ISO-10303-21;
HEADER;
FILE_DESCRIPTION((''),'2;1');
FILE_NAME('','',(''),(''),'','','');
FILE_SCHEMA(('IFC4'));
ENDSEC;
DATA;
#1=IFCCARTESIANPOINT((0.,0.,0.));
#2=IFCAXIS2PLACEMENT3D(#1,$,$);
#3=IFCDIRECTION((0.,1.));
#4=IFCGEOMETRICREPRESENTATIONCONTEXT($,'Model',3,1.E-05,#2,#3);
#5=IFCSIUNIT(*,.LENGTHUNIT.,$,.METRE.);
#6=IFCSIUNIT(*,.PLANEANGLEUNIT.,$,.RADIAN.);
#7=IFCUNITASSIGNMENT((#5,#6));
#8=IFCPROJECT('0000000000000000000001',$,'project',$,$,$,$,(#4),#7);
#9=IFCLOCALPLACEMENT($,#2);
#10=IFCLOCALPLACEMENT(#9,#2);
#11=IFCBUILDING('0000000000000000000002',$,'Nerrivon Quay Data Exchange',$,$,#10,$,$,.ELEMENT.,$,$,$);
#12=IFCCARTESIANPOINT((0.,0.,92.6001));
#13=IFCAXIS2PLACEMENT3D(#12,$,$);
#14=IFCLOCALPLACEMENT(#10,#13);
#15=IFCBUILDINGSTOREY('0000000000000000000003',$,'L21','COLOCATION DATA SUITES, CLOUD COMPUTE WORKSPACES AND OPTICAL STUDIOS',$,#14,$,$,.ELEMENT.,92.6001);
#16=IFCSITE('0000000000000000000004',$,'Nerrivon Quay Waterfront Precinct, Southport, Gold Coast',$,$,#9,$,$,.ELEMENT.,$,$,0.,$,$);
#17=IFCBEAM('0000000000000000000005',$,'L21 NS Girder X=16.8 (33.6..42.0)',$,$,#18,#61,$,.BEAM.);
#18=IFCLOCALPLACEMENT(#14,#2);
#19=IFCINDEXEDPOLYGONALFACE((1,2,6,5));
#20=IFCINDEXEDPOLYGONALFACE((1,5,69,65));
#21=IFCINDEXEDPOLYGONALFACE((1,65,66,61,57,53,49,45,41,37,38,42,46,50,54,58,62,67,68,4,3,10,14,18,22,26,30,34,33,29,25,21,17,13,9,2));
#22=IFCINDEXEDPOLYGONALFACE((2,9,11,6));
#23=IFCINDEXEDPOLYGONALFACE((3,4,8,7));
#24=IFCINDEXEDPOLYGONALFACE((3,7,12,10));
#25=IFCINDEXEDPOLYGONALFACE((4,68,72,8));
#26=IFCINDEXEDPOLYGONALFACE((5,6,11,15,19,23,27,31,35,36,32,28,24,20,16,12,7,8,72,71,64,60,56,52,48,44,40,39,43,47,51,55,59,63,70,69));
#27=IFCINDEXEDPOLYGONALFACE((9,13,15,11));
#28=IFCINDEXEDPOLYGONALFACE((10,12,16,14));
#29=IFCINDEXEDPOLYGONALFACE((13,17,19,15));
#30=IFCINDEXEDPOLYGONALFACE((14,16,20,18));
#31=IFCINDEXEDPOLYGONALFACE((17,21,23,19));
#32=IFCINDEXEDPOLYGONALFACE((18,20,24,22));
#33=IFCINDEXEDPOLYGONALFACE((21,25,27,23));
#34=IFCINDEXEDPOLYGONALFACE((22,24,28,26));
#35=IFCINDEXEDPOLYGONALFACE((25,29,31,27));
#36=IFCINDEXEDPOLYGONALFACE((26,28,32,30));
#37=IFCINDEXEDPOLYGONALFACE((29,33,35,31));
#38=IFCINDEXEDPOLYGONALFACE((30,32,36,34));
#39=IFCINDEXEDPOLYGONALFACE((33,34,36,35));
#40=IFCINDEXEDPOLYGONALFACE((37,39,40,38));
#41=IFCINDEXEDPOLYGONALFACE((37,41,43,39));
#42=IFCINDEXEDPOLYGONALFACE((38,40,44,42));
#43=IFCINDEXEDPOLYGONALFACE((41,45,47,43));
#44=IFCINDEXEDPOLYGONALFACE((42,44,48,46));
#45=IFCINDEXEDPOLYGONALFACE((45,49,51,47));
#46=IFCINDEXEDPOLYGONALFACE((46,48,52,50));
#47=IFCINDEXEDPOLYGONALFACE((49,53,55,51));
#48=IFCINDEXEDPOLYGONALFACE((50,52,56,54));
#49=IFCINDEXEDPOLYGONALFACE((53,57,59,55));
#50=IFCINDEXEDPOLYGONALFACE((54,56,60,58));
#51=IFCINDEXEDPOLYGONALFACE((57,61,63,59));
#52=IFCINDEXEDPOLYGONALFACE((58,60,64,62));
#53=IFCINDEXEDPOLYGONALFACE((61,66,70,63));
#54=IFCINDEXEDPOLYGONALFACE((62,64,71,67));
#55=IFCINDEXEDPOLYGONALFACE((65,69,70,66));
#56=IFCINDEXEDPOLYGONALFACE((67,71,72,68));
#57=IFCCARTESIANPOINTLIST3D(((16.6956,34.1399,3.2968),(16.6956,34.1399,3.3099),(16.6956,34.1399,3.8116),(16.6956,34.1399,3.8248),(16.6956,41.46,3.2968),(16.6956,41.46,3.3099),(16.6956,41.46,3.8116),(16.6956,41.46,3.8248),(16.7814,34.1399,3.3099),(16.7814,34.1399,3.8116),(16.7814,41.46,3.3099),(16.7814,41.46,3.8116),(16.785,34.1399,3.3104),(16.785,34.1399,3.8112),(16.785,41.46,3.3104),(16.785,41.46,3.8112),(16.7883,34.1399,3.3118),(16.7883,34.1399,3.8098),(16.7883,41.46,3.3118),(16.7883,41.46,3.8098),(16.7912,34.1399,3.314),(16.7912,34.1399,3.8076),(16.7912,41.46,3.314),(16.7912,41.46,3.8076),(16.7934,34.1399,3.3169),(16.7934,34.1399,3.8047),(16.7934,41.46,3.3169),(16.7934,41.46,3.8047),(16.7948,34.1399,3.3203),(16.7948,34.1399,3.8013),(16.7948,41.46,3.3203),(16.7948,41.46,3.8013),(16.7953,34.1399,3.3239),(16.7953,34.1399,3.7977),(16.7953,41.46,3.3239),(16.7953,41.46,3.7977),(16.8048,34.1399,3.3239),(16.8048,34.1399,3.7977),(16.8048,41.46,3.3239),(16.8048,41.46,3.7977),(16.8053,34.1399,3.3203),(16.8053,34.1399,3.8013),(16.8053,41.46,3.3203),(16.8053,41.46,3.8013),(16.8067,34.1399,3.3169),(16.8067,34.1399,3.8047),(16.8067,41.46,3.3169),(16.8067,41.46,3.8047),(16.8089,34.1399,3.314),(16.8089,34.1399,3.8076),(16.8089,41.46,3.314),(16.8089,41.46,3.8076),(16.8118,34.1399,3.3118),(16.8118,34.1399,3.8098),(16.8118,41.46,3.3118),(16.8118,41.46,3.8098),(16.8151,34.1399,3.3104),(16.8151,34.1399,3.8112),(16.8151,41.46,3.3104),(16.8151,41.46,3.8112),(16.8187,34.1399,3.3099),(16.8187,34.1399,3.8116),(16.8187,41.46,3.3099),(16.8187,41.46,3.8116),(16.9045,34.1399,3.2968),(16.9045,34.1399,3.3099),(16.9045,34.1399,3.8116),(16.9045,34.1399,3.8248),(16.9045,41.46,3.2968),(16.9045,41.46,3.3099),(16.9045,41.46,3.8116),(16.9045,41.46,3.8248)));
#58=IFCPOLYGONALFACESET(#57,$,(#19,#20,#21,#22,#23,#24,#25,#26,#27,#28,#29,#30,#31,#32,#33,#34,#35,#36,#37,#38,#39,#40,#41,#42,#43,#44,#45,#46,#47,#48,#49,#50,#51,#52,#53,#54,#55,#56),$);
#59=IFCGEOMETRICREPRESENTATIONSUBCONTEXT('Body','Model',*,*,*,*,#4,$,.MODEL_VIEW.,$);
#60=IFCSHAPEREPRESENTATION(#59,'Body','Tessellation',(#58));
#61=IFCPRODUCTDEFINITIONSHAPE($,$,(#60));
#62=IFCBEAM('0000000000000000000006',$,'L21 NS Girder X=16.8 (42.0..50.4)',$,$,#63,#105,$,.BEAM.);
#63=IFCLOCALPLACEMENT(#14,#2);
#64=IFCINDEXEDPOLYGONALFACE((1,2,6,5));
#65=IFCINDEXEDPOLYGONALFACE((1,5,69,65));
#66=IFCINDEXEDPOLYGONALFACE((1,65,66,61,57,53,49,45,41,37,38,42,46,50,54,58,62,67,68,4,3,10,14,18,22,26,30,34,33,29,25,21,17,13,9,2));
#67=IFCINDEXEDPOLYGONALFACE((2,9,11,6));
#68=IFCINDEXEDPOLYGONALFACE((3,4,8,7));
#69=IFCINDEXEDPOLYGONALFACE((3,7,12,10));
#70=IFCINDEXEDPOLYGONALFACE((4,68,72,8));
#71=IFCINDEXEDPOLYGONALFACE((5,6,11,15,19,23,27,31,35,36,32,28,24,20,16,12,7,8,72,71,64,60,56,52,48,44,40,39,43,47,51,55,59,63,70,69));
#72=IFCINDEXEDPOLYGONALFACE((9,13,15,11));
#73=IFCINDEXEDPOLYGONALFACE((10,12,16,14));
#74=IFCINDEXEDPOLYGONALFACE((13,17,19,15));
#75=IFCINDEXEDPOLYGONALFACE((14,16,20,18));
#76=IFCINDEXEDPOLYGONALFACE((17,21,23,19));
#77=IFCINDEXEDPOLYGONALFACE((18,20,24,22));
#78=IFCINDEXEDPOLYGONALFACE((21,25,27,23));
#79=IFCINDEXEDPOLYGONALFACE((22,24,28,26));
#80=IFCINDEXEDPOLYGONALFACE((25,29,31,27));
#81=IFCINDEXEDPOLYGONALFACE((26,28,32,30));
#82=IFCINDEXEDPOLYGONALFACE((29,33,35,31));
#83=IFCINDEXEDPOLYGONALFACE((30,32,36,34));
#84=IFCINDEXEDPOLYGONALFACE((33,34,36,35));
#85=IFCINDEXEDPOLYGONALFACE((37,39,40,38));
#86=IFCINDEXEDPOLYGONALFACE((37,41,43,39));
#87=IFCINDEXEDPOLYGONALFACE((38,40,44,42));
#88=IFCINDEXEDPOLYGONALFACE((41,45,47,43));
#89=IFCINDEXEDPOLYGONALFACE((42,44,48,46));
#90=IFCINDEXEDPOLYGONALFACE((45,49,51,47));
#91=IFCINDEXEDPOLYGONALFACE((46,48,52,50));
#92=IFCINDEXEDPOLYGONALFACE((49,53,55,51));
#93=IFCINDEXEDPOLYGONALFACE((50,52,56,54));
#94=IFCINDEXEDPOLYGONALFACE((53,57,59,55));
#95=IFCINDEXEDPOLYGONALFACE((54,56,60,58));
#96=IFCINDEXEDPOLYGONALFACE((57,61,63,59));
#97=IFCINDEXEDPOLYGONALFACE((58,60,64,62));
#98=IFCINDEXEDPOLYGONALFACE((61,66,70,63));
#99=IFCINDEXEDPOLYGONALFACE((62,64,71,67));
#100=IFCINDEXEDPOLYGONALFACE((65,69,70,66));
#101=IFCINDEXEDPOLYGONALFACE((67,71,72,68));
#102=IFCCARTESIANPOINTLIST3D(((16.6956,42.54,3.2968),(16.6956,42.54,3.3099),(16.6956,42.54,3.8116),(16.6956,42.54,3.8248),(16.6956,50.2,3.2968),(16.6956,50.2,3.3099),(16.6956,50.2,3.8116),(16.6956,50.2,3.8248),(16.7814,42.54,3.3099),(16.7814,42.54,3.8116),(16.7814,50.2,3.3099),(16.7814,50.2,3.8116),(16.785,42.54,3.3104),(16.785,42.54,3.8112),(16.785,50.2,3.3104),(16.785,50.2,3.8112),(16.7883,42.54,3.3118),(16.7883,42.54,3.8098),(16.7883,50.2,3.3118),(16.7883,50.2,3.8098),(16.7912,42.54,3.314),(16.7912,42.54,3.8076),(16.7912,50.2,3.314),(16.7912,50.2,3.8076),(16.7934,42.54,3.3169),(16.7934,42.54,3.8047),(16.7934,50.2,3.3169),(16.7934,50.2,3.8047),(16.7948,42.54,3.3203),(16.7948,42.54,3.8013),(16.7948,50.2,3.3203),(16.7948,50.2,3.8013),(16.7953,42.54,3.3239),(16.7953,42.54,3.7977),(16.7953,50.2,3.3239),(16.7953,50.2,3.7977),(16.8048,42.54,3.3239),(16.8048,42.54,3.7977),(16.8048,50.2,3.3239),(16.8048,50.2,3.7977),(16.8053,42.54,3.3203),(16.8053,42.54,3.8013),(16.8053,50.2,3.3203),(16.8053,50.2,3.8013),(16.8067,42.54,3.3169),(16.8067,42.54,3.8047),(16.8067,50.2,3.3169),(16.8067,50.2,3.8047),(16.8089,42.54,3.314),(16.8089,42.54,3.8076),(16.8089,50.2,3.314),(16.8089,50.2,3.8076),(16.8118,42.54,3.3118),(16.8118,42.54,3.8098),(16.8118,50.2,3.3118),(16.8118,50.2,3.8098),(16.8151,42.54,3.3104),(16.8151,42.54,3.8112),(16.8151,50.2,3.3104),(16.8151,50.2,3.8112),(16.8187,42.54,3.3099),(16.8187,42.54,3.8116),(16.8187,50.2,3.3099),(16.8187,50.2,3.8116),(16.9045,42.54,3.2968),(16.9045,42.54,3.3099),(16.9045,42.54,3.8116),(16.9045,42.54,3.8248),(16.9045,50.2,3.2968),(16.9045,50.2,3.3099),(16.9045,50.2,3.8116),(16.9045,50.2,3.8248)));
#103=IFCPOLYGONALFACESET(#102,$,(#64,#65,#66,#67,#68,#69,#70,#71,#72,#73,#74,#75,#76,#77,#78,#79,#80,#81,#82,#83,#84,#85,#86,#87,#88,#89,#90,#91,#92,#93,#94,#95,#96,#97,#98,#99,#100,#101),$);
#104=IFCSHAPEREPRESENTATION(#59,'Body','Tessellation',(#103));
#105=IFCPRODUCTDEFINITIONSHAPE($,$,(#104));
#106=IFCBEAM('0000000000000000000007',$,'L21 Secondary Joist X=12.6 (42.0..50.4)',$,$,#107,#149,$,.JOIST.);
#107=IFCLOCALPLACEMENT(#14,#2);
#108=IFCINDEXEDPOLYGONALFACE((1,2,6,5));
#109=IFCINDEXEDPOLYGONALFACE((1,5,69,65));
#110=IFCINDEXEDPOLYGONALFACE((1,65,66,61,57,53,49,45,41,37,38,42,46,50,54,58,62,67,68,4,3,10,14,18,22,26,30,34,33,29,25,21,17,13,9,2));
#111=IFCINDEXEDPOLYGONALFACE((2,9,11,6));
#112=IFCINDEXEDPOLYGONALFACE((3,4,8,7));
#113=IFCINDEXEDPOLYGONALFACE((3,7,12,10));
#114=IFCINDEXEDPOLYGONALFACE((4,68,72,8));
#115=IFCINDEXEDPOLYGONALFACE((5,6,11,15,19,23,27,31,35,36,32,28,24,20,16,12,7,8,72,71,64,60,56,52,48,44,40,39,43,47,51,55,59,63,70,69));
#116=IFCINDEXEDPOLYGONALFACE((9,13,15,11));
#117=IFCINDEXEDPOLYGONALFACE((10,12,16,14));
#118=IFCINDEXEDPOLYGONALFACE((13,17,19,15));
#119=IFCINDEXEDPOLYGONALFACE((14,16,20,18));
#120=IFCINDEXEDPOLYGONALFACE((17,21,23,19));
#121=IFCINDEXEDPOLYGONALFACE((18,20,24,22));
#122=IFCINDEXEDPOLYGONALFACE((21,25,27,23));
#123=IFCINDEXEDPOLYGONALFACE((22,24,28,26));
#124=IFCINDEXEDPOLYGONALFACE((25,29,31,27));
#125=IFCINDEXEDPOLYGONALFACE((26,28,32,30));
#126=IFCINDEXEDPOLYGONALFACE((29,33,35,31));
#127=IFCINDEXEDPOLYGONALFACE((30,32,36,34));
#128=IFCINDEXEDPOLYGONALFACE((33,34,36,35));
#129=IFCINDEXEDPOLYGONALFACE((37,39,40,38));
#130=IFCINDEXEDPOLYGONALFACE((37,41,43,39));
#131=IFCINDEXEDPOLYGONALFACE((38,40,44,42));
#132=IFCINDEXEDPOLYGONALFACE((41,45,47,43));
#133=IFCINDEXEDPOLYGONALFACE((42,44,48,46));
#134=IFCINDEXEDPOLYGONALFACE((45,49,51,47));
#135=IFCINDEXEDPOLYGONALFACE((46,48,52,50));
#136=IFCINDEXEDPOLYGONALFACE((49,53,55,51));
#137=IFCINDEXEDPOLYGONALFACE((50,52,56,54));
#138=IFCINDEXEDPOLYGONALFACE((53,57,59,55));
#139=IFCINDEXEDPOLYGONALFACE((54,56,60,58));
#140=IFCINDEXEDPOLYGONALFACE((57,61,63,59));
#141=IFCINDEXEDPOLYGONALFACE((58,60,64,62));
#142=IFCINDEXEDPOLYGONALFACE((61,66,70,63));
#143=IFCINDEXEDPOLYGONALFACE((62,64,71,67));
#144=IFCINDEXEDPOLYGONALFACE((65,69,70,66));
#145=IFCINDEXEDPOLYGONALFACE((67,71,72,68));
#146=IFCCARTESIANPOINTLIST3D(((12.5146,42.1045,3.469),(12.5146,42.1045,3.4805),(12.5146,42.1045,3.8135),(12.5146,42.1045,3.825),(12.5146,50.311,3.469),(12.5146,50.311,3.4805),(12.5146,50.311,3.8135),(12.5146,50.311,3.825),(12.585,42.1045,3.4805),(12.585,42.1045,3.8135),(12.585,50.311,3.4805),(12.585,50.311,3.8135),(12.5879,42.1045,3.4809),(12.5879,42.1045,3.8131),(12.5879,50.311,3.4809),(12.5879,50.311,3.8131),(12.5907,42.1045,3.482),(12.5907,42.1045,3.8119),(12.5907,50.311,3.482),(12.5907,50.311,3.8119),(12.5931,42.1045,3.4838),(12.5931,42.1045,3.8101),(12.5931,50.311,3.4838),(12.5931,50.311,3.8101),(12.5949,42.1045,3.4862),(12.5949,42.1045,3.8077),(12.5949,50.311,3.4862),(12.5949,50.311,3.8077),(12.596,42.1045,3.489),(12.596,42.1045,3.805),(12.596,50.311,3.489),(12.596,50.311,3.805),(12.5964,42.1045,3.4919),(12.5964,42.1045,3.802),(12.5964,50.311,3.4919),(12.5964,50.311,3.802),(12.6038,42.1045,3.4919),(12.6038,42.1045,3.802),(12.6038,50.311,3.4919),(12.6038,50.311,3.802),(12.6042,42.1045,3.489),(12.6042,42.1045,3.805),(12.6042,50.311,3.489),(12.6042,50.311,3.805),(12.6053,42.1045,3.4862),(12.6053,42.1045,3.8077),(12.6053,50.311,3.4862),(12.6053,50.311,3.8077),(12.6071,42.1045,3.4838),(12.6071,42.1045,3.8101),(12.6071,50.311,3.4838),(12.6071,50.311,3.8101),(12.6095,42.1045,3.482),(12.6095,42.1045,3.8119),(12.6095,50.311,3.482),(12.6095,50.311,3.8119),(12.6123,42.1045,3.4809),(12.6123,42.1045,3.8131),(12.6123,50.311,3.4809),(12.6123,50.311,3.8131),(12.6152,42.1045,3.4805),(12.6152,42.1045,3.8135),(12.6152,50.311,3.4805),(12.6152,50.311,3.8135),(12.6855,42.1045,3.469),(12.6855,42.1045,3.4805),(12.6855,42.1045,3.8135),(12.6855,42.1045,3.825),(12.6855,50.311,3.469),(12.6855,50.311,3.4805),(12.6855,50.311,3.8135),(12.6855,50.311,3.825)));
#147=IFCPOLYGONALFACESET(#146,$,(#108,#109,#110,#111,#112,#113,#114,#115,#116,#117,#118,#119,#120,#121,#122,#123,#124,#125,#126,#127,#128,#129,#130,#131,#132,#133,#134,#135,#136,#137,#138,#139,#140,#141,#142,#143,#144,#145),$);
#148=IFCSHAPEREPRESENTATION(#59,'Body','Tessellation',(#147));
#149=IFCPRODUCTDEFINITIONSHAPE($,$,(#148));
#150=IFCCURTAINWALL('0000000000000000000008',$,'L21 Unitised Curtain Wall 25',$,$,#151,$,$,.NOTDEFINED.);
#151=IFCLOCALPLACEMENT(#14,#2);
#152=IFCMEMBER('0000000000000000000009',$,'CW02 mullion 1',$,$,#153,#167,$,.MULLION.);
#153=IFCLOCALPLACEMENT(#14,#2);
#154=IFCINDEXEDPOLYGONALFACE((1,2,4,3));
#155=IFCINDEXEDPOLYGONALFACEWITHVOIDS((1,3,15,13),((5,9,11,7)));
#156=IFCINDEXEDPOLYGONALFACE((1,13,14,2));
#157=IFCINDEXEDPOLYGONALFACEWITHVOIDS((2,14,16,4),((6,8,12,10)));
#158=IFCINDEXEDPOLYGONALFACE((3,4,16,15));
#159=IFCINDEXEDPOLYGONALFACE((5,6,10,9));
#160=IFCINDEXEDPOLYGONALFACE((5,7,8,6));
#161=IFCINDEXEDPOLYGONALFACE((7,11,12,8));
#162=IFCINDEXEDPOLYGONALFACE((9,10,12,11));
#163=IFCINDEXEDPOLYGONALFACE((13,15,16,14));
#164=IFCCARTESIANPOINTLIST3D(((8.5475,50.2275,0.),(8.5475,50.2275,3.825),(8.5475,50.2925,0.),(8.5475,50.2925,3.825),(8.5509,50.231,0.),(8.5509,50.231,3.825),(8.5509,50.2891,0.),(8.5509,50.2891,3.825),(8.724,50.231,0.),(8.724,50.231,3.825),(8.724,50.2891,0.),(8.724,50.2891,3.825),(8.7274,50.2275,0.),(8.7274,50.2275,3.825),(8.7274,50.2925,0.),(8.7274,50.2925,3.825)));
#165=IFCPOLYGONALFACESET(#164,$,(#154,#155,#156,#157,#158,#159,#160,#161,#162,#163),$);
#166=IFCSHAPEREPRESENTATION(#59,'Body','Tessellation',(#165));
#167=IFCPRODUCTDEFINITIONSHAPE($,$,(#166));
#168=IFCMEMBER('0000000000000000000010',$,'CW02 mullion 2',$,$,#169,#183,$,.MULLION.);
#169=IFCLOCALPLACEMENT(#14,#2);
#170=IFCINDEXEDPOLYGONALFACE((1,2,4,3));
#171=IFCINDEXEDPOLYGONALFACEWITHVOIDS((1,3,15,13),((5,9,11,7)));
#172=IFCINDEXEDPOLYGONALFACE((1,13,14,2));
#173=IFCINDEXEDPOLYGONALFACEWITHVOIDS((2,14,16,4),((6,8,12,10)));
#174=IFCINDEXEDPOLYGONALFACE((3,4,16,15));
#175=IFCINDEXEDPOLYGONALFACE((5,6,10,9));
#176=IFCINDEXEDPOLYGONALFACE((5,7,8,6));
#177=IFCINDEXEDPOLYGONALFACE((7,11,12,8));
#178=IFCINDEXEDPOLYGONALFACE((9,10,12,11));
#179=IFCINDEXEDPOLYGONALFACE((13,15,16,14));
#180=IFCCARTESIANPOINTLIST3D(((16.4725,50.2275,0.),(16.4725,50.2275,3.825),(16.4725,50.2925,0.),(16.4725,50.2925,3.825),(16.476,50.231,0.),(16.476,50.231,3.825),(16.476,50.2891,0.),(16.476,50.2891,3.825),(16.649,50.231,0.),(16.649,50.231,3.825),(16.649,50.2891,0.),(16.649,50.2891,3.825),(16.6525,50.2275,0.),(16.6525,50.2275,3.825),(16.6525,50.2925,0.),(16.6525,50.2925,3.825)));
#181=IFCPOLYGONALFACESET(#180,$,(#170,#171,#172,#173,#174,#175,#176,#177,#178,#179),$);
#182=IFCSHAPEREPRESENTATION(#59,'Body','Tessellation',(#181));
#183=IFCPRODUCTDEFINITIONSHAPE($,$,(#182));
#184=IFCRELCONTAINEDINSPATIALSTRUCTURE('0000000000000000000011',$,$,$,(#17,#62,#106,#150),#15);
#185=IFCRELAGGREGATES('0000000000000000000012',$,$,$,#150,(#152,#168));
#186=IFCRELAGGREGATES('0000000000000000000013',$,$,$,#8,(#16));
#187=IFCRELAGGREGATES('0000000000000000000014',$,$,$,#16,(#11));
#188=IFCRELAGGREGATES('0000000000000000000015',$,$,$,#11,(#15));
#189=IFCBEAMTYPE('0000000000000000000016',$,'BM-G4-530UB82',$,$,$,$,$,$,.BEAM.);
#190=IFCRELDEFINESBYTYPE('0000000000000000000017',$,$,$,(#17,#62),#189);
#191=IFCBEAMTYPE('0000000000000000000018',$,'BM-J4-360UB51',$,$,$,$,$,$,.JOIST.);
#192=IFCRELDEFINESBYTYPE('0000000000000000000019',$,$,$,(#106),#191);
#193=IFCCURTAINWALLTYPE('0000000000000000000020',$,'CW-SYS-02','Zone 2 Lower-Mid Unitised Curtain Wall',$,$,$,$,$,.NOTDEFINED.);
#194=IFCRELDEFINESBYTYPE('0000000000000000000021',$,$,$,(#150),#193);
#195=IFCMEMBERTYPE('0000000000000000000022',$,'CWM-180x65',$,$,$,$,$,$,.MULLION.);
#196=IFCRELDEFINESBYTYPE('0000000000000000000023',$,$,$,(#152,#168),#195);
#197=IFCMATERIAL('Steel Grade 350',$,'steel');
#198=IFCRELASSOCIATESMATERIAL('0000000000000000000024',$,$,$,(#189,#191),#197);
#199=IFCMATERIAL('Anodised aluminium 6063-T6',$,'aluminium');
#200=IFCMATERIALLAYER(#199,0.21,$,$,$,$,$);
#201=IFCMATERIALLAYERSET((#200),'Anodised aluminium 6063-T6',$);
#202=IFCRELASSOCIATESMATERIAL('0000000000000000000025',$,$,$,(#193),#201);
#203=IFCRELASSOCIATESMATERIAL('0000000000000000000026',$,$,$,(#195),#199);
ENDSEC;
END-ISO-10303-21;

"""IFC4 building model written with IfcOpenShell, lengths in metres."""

from ifc_helpers import new_model, si_unit, direction, frame, origin, origin_2d, place, context, subcontext, project, spatial, hollow_rectangle, i_section, extrude, material, layer, layer_set, material_profile, profile_set, type_object, element, aggregate, save


model = new_model("IFC4")

# Units and contexts
model_context = context("Model", 3, precision=1e-05, world=origin(), true_north=direction((0.0, 1.0)))
body_context = subcontext(model_context, "Body", "Model", "MODEL_VIEW")
ifc_project = project(units=[si_unit("LENGTHUNIT", "METRE"), si_unit("PLANEANGLEUNIT", "RADIAN")], contexts=[model_context])

# Site, building, storey
site_placement = place(None, origin())
site = spatial("IfcSite", under=ifc_project, at=site_placement, Name="Nerrivon Quay Waterfront Precinct, Southport, Gold Coast", CompositionType="ELEMENT", RefElevation=0.0)
building_placement = place(site_placement, origin())
building = spatial("IfcBuilding", under=site, at=building_placement, Name="Nerrivon Quay Data Exchange", CompositionType="ELEMENT")
storey_placement = place(building_placement, frame((0.0, 0.0, 92.6001)))
storey = spatial("IfcBuildingStorey", under=building, at=storey_placement, Name="L21", Description="COLOCATION DATA SUITES, CLOUD COMPUTE WORKSPACES AND OPTICAL STUDIOS", CompositionType="ELEMENT", Elevation=92.6001)

# Shared definitions
ifc_material_1 = material(Name="Steel Grade 350", Category="steel")

# Beams
ifc_material_profile_1 = material_profile(ifc_material_1, i_section(OverallWidth=0.209, OverallDepth=0.5281, WebThickness=0.0095, FlangeThickness=0.0132, FilletRadius=0.0139, at=origin_2d()), Name="530UB82.0")
ifc_profile_set_1 = profile_set([ifc_material_profile_1], Name="Steel Grade 350")
beam_type_1 = type_object("IfcBeamType", Name="BM-G4-530UB82", PredefinedType="BEAM", material=ifc_profile_set_1)
beam_1_placement = place(storey_placement, frame((16.8, 34.1399, 3.5608), z_axis=(0.0, 1.0, 0.0), x_axis=(-1.0, 0.0, 0.0)))
element("IfcBeam", 1, at=beam_1_placement, inside=storey, type_object=beam_type_1, Name="L21 NS Girder X=16.8 (33.6..42.0)", PredefinedType="BEAM", context=body_context, shape_type="SweptSolid", body=[
    extrude(i_section(OverallWidth=0.209, OverallDepth=0.5281, WebThickness=0.0095, FlangeThickness=0.0132, FilletRadius=0.0139, at=origin_2d()), origin(), (0.0, 0.0, 1.0), 7.3201),
])
beam_2_placement = place(storey_placement, frame((16.8, 42.54, 3.5608), z_axis=(0.0, 1.0, 0.0), x_axis=(-1.0, 0.0, 0.0)))
element("IfcBeam", 2, at=beam_2_placement, inside=storey, type_object=beam_type_1, Name="L21 NS Girder X=16.8 (42.0..50.4)", PredefinedType="BEAM", context=body_context, shape_type="SweptSolid", body=[
    extrude(i_section(OverallWidth=0.209, OverallDepth=0.5281, WebThickness=0.0095, FlangeThickness=0.0132, FilletRadius=0.0139, at=origin_2d()), origin(), (0.0, 0.0, 1.0), 7.6599),
])
ifc_material_profile_2 = material_profile(ifc_material_1, i_section(OverallWidth=0.1709, OverallDepth=0.356, WebThickness=0.0073, FlangeThickness=0.0115, FilletRadius=0.0115, at=origin_2d()), Name="360UB50.7")
ifc_profile_set_2 = profile_set([ifc_material_profile_2], Name="Steel Grade 350")
beam_type_2 = type_object("IfcBeamType", Name="BM-J4-360UB51", PredefinedType="JOIST", material=ifc_profile_set_2)
beam_3_placement = place(storey_placement, frame((12.6001, 42.1045, 3.647), z_axis=(0.0, 1.0, 0.0), x_axis=(-1.0, 0.0, 0.0)))
element("IfcBeam", 3, at=beam_3_placement, inside=storey, type_object=beam_type_2, Name="L21 Secondary Joist X=12.6 (42.0..50.4)", PredefinedType="JOIST", context=body_context, shape_type="SweptSolid", body=[
    extrude(i_section(OverallWidth=0.1709, OverallDepth=0.356, WebThickness=0.0073, FlangeThickness=0.0115, FilletRadius=0.0115, at=origin_2d()), origin(), (0.0, 0.0, 1.0), 8.2065),
])

# Curtain wall, members
ifc_material_2 = material(Name="Anodised aluminium 6063-T6", Category="aluminium")
ifc_layer_1 = layer(ifc_material_2, 0.21)
ifc_layer_set_1 = layer_set([ifc_layer_1], Name="Anodised aluminium 6063-T6")
curtain_wall_type = type_object("IfcCurtainWallType", Name="CW-SYS-02", Description="Zone 2 Lower-Mid Unitised Curtain Wall", PredefinedType="NOTDEFINED", material=ifc_layer_set_1)
curtain_wall_1_placement = place(storey_placement, origin())
curtain_wall_1 = element("IfcCurtainWall", 4, at=curtain_wall_1_placement, inside=storey, type_object=curtain_wall_type, Name="L21 Unitised Curtain Wall 25", PredefinedType="NOTDEFINED")
ifc_material_profile_3 = material_profile(ifc_material_2, hollow_rectangle(XDim=0.0649, YDim=0.1799, WallThickness=0.0034, at=origin_2d()), Name="ALU-MULL-180x65")
ifc_profile_set_3 = profile_set([ifc_material_profile_3], Name="Anodised aluminium 6063-T6")
member_type_1 = type_object("IfcMemberType", Name="CWM-180x65", PredefinedType="MULLION", material=ifc_profile_set_3)
member_1_placement = place(storey_placement, frame((8.6375, 50.26, 0.0), z_axis=(0.0, 0.0, 1.0), x_axis=(0.0, 1.0, 0.0)))
member_1 = element("IfcMember", 5, at=member_1_placement, type_object=member_type_1, Name="CW02 mullion 1", PredefinedType="MULLION", context=body_context, shape_type="SweptSolid", body=[
    extrude(hollow_rectangle(XDim=0.0649, YDim=0.1799, WallThickness=0.0034, at=origin_2d()), origin(), (0.0, 0.0, 1.0), 3.825),
])
member_2_placement = place(storey_placement, frame((16.5625, 50.26, 0.0), z_axis=(0.0, 0.0, 1.0), x_axis=(0.0, 1.0, 0.0)))
member_2 = element("IfcMember", 6, at=member_2_placement, type_object=member_type_1, Name="CW02 mullion 2", PredefinedType="MULLION", context=body_context, shape_type="SweptSolid", body=[
    extrude(hollow_rectangle(XDim=0.0649, YDim=0.1799, WallThickness=0.0034, at=origin_2d()), origin(), (0.0, 0.0, 1.0), 3.825),
])

aggregate(curtain_wall_1, [member_1, member_2])

save(model, "model.ifc")
